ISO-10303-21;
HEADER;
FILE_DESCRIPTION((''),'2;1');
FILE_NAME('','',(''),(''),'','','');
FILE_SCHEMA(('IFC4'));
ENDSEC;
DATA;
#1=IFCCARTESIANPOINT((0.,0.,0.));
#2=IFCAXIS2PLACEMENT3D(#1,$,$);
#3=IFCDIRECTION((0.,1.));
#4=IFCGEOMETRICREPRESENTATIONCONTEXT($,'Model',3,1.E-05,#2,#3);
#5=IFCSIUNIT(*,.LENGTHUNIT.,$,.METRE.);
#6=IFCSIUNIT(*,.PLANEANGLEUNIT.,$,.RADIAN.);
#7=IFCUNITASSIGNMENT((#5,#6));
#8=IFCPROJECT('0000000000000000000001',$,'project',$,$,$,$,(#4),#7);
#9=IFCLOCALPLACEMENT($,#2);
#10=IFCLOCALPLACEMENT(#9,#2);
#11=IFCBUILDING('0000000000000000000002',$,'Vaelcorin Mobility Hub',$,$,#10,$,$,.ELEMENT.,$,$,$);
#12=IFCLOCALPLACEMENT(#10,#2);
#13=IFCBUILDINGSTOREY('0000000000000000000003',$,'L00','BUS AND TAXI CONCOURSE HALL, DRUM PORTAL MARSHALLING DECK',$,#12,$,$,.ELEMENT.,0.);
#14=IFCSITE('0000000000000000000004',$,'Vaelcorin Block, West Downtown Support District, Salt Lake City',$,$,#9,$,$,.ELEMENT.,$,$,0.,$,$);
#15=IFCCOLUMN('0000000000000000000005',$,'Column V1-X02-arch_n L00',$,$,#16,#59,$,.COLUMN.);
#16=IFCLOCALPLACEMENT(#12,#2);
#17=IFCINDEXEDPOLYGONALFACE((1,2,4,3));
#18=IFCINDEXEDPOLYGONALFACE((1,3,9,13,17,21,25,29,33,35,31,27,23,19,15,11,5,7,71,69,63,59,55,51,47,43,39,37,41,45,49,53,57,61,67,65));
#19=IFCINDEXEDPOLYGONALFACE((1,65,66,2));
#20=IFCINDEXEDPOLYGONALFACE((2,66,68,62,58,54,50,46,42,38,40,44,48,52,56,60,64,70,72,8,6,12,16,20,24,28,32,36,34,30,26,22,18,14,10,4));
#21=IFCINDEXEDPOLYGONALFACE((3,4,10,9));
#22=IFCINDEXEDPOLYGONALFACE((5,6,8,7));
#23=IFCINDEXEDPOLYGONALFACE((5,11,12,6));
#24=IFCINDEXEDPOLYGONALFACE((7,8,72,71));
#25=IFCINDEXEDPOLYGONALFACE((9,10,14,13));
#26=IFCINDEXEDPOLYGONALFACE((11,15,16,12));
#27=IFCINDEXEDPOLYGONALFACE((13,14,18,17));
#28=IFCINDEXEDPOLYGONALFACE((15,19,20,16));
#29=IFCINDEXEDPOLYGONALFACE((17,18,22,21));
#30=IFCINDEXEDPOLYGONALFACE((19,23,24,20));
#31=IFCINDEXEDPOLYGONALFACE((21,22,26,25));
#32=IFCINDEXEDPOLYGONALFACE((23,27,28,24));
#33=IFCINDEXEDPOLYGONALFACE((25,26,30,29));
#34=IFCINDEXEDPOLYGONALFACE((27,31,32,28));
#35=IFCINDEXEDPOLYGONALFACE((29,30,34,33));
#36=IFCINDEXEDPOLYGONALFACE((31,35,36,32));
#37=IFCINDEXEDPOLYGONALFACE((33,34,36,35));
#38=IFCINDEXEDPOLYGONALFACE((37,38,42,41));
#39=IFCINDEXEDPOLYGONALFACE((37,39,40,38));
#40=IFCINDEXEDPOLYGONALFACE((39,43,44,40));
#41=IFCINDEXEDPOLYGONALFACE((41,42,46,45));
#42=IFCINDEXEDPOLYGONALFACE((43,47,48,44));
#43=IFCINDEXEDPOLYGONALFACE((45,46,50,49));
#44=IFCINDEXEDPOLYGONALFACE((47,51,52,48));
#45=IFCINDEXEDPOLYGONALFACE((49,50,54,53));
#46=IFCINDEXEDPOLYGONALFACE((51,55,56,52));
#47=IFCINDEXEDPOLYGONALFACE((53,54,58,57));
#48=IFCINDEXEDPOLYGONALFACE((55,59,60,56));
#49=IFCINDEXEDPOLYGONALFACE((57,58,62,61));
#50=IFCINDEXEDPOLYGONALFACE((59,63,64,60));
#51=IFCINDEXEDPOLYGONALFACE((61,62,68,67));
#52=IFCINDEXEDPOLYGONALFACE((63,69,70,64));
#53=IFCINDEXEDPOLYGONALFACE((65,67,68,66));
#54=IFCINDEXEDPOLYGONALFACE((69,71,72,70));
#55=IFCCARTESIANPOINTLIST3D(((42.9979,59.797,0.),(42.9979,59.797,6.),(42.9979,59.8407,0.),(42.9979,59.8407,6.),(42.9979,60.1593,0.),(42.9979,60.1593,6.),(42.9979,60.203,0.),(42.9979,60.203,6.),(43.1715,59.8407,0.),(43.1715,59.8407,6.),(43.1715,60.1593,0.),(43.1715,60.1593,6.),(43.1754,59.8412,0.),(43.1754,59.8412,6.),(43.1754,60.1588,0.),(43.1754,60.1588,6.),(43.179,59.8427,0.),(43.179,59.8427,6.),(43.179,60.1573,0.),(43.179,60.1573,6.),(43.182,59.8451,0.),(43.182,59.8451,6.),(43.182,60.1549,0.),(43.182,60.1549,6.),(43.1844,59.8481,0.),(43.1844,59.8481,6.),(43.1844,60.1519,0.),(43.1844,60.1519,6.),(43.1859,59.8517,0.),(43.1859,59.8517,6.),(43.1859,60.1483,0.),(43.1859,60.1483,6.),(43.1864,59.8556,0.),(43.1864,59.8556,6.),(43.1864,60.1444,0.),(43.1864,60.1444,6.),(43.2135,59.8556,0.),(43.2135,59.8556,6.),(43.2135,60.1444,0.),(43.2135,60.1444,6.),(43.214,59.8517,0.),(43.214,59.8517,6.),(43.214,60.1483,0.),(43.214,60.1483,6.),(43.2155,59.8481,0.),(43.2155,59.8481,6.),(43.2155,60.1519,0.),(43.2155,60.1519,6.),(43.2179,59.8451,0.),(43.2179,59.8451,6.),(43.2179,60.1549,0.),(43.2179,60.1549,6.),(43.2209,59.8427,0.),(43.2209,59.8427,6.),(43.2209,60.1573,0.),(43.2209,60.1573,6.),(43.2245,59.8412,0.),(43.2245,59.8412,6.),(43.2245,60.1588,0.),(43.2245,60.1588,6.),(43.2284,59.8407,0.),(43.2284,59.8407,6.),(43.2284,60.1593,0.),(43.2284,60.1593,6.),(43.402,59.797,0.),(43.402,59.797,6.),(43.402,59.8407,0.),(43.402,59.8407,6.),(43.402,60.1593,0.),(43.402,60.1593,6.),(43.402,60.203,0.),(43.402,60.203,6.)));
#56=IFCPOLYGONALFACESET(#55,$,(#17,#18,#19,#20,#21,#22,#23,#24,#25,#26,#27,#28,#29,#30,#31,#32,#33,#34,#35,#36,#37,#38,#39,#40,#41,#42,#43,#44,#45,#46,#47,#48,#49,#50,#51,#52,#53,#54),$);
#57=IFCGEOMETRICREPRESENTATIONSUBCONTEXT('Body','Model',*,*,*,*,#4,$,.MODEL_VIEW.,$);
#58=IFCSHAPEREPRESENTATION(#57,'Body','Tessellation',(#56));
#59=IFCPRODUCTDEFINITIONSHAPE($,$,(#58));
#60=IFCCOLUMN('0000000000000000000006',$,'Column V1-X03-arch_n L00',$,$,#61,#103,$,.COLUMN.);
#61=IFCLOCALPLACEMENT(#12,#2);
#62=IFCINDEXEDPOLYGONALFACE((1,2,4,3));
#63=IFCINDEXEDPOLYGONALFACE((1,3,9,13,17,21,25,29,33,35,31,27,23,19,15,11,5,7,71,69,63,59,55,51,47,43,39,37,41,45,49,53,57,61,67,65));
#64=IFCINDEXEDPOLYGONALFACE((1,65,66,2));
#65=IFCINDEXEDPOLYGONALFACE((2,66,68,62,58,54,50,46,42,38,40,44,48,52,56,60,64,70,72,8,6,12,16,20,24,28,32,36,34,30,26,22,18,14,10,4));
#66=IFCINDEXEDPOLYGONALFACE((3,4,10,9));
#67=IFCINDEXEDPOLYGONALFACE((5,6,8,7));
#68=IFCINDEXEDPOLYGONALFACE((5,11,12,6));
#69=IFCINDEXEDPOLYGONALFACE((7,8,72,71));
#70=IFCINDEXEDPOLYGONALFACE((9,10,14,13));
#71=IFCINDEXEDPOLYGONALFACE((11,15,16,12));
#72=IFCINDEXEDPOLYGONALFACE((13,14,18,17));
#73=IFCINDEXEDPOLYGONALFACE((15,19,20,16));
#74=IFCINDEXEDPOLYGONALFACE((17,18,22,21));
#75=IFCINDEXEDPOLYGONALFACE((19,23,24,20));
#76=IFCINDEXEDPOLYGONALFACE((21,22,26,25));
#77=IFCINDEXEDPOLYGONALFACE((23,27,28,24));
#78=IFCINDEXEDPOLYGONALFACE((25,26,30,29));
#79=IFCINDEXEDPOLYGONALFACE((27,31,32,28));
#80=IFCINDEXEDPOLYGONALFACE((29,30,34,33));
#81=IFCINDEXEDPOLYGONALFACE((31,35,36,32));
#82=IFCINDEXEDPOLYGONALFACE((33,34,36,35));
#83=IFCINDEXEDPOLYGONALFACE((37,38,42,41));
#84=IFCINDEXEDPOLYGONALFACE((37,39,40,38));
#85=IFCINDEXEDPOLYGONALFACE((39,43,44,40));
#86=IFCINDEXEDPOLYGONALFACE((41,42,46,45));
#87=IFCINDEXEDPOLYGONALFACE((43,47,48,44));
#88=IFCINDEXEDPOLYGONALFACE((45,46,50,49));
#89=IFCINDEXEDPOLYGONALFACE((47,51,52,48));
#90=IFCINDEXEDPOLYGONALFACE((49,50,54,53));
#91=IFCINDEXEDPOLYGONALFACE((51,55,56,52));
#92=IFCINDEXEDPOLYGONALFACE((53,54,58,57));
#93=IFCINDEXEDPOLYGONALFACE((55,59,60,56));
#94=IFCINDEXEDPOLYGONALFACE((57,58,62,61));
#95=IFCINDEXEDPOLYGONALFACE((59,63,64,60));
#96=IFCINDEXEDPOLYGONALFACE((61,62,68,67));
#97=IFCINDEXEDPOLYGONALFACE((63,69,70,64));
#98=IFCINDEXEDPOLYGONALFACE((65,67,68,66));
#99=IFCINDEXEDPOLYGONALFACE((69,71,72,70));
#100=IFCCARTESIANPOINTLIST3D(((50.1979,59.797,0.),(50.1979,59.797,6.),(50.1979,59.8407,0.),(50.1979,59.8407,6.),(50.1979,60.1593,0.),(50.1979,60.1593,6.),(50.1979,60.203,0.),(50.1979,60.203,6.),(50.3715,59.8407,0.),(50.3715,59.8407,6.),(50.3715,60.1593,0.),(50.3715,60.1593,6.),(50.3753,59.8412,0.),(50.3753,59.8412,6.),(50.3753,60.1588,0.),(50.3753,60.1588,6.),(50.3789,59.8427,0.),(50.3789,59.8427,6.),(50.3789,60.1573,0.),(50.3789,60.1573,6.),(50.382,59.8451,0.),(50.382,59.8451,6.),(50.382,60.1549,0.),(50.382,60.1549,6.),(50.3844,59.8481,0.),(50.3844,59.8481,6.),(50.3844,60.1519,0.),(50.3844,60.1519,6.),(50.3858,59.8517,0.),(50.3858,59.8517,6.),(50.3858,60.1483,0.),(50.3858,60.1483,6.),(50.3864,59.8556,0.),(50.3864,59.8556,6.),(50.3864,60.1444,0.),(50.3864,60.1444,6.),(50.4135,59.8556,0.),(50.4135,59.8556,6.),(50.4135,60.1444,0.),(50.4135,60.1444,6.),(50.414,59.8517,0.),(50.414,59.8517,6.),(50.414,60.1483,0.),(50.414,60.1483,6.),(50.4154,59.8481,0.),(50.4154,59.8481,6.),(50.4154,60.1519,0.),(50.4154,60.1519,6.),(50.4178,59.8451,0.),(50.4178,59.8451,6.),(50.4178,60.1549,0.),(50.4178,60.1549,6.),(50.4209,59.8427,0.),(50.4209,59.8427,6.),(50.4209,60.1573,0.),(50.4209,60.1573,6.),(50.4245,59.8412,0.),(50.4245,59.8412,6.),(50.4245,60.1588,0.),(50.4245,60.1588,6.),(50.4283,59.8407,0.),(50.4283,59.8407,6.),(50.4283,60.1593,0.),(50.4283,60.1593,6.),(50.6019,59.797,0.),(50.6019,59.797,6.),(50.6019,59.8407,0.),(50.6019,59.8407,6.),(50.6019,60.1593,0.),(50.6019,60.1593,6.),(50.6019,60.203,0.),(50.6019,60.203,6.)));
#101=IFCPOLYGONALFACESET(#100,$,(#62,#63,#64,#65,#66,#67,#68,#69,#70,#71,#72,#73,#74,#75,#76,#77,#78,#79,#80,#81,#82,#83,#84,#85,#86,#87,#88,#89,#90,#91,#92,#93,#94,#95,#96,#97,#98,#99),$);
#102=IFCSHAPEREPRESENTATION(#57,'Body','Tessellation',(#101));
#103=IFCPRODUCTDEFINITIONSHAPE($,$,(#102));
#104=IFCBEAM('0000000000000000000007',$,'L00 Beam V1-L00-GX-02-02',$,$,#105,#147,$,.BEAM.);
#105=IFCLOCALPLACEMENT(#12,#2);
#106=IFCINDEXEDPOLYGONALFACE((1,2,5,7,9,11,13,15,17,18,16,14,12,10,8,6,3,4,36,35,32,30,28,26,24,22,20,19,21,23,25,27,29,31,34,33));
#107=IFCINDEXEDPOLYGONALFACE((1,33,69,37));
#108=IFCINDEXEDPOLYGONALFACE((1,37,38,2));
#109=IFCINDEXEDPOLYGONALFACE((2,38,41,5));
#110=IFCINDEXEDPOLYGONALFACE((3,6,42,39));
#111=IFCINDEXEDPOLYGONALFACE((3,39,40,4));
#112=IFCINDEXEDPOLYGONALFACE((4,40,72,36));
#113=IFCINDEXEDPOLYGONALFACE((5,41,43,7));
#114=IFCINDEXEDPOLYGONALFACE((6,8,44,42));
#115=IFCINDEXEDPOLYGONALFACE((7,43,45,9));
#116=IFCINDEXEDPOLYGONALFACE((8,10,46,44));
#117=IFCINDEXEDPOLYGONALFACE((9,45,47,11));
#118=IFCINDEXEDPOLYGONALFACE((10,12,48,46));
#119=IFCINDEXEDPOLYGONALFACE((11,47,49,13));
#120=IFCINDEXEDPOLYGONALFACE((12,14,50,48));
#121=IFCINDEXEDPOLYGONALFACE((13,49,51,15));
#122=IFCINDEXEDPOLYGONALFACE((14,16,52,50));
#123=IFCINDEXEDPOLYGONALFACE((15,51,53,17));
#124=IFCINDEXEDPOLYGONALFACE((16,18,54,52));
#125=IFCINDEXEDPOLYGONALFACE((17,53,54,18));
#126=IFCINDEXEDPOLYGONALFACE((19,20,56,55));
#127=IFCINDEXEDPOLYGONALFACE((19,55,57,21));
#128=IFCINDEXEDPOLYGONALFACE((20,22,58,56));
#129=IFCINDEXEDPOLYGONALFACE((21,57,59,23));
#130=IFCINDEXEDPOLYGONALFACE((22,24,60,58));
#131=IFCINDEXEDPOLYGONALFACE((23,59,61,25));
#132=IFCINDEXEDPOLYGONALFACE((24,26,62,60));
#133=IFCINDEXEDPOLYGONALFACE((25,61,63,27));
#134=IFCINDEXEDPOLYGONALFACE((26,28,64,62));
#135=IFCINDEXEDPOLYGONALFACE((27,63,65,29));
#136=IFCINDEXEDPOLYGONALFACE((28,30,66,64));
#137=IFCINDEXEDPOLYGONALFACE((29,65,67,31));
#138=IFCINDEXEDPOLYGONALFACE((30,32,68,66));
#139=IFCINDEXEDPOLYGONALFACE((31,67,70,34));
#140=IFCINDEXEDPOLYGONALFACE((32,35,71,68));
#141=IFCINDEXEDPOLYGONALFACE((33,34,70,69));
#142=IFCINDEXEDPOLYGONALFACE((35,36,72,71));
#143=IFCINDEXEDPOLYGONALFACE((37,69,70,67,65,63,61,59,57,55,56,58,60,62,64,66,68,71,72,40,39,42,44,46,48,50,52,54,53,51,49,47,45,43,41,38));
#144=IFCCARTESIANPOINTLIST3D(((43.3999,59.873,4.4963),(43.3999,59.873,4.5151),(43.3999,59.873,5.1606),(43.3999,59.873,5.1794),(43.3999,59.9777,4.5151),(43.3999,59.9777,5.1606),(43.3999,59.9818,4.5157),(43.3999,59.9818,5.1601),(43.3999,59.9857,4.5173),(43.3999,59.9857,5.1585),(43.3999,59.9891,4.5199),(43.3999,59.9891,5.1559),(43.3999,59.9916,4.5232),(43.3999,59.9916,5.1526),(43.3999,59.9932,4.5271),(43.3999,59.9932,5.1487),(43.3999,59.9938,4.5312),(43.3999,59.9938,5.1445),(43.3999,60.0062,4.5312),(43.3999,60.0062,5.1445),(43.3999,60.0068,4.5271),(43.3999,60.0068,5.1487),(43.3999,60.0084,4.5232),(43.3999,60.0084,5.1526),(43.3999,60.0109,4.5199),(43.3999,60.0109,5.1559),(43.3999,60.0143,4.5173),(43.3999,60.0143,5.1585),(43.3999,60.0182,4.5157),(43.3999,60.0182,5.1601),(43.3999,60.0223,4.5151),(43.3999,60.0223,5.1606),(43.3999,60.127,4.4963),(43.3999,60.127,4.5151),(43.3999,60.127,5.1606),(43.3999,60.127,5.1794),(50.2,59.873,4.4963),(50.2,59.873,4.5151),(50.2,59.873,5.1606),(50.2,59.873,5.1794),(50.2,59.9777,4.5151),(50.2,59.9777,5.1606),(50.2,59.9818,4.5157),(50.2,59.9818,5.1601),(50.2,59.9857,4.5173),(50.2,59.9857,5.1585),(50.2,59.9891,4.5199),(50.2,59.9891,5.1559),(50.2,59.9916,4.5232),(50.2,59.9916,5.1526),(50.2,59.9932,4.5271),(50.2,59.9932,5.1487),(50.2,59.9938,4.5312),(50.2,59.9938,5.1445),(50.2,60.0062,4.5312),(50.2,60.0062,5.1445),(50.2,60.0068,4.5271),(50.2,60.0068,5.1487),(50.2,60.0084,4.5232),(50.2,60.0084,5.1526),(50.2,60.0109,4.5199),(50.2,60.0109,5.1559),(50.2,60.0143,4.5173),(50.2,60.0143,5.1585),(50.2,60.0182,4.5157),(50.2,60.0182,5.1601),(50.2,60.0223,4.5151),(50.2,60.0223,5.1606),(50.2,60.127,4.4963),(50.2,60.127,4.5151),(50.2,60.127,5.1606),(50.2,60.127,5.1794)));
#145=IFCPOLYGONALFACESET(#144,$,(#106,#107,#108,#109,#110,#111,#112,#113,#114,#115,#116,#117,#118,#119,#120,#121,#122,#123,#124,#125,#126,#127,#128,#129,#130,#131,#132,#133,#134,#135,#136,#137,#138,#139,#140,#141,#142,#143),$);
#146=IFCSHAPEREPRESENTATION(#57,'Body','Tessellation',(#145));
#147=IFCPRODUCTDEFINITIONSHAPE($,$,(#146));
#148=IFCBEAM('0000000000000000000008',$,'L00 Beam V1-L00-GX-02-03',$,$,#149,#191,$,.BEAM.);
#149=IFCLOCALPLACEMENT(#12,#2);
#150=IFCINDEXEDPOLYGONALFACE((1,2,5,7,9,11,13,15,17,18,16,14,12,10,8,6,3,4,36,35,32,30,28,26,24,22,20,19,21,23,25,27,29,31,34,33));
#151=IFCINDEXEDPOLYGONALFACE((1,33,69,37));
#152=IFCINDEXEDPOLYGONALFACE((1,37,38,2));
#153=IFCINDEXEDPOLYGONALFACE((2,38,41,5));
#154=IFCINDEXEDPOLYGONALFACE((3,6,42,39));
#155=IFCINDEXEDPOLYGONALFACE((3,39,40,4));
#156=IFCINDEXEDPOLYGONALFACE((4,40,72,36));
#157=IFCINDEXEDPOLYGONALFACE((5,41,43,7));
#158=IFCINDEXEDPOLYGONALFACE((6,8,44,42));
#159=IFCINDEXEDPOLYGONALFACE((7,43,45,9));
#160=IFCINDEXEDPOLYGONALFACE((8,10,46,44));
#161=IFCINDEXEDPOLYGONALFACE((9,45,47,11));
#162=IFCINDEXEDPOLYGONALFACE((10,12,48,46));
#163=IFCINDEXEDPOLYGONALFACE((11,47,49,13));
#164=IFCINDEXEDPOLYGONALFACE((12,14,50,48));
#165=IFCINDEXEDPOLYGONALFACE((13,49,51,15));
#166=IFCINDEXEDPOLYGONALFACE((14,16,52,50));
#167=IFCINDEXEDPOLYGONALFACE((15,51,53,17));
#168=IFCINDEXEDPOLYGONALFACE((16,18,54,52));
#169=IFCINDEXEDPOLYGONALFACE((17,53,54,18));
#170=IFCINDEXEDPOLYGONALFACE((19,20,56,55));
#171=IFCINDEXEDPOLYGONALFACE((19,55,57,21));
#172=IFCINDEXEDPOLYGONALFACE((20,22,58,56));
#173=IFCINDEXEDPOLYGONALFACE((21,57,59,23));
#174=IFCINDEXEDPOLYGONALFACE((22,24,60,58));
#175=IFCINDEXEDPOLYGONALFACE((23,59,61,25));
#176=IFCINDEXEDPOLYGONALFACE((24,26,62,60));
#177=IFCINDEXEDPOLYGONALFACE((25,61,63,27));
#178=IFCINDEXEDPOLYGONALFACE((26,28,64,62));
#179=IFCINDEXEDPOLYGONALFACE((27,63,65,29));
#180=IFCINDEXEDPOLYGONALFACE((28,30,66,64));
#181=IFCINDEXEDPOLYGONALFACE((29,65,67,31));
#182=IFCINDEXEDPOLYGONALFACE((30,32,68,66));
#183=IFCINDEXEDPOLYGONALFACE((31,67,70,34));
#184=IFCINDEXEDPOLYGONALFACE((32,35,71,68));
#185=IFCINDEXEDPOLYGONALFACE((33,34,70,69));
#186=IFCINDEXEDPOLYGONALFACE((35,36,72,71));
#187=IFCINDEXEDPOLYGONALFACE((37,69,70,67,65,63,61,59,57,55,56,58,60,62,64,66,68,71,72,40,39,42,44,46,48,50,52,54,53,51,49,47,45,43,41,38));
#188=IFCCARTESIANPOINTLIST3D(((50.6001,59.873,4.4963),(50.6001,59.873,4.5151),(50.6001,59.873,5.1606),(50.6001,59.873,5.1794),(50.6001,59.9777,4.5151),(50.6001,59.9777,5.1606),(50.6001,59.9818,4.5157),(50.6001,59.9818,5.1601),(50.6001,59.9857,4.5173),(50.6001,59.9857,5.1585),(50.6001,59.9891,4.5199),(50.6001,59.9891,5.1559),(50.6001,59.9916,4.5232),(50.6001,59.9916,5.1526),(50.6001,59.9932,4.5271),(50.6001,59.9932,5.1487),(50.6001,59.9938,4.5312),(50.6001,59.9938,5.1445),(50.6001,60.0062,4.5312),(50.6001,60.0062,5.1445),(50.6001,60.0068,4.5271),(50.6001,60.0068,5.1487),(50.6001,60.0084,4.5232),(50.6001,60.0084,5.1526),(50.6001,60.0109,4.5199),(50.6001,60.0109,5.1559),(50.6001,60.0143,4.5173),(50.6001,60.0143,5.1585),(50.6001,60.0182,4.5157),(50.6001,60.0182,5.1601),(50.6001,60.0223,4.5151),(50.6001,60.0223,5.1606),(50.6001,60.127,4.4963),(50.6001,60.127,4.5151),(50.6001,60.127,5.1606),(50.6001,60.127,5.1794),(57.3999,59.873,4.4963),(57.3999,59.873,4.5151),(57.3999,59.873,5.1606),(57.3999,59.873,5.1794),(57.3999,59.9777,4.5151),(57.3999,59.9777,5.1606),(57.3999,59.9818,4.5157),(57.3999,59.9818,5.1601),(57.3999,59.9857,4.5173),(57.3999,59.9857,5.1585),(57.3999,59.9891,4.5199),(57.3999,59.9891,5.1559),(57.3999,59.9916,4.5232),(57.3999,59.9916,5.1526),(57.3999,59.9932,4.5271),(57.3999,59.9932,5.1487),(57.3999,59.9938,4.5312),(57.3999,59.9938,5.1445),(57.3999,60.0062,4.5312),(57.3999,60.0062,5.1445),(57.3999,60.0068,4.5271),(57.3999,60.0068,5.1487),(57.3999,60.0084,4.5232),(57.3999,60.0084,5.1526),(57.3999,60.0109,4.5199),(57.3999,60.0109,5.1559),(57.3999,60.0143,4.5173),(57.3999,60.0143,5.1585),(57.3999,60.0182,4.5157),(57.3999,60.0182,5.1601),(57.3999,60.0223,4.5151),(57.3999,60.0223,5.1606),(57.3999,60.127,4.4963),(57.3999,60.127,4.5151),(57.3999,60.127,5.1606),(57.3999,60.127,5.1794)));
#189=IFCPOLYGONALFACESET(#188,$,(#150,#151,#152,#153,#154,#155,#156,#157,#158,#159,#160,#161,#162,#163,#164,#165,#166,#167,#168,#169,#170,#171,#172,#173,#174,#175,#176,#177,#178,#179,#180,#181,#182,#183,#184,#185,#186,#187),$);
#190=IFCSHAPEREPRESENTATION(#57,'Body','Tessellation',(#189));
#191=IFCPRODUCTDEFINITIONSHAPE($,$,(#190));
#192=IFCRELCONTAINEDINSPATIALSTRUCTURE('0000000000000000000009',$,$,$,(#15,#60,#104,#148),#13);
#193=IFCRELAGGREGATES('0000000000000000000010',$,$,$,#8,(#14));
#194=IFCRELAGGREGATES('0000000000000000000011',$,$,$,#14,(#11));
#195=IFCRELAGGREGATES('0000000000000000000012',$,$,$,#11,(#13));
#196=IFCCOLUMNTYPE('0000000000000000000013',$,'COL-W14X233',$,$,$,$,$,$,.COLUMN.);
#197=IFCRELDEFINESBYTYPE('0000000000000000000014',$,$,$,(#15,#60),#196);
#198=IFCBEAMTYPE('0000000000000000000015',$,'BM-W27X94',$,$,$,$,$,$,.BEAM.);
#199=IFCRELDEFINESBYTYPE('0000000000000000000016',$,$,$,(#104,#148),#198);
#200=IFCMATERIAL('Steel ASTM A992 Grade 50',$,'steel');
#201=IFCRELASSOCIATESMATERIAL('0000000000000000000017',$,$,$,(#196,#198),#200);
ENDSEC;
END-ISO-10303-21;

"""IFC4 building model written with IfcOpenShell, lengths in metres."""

from ifc_helpers import new_model, si_unit, direction, frame, origin, origin_2d, place, context, subcontext, project, spatial, i_section, extrude, material, material_profile, profile_set, type_object, element, save


model = new_model("IFC4")

# Units and contexts
model_context = context("Model", 3, precision=1e-05, world=origin(), true_north=direction((0.0, 1.0)))
body_context = subcontext(model_context, "Body", "Model", "MODEL_VIEW")
ifc_project = project(units=[si_unit("LENGTHUNIT", "METRE"), si_unit("PLANEANGLEUNIT", "RADIAN")], contexts=[model_context])

# Site, building, storey
site_placement = place(None, origin())
site = spatial("IfcSite", under=ifc_project, at=site_placement, Name="Vaelcorin Block, West Downtown Support District, Salt Lake City", CompositionType="ELEMENT", RefElevation=0.0)
building_placement = place(site_placement, origin())
building = spatial("IfcBuilding", under=site, at=building_placement, Name="Vaelcorin Mobility Hub", CompositionType="ELEMENT")
storey_placement = place(building_placement, origin())
storey = spatial("IfcBuildingStorey", under=building, at=storey_placement, Name="L00", Description="BUS AND TAXI CONCOURSE HALL, DRUM PORTAL MARSHALLING DECK", CompositionType="ELEMENT", Elevation=0.0)

# Columns
ifc_material_1 = material(Name="Steel ASTM A992 Grade 50", Category="steel")
ifc_material_profile_1 = material_profile(ifc_material_1, i_section(OverallWidth=0.4041, OverallDepth=0.406, WebThickness=0.0271, FlangeThickness=0.0437, FilletRadius=0.0149, at=origin_2d()), Name="W14X233")
ifc_profile_set_1 = profile_set([ifc_material_profile_1], Name="Steel ASTM A992 Grade 50")
column_type = type_object("IfcColumnType", Name="COL-W14X233", PredefinedType="COLUMN", material=ifc_profile_set_1)
for number, where, z_axis, x_axis, name in (
    (1, (43.2, 60.0, 0.0), (0.0, 0.0, 1.0), (1.0, 0.0, 0.0), "Column V1-X02-arch_n L00"),
    (2, (50.3999, 60.0, 0.0), (0.0, 0.0, 1.0), (1.0, 0.0, 0.0), "Column V1-X03-arch_n L00"),
):
    element("IfcColumn", number, at=place(storey_placement, frame(where, z_axis=z_axis, x_axis=x_axis)), inside=storey, type_object=column_type, Name=name, PredefinedType="COLUMN", context=body_context, shape_type="SweptSolid", body=[
        extrude(i_section(OverallWidth=0.4041, OverallDepth=0.406, WebThickness=0.0271, FlangeThickness=0.0437, FilletRadius=0.0149, at=origin_2d()), origin(), (0.0, 0.0, 1.0), 6.0),
    ])

# Beams
ifc_material_profile_2 = material_profile(ifc_material_1, i_section(OverallWidth=0.2539, OverallDepth=0.6831, WebThickness=0.0125, FlangeThickness=0.0188, FilletRadius=0.0161, at=origin_2d()), Name="W27X94")
ifc_profile_set_2 = profile_set([ifc_material_profile_2], Name="Steel ASTM A992 Grade 50")
beam_type = type_object("IfcBeamType", Name="BM-W27X94", PredefinedType="BEAM", material=ifc_profile_set_2)
beam_1_placement = place(storey_placement, frame((43.3999, 60.0, 4.8379), z_axis=(1.0, 0.0, 0.0), x_axis=(0.0, 1.0, 0.0)))
element("IfcBeam", 3, at=beam_1_placement, inside=storey, type_object=beam_type, Name="L00 Beam V1-L00-GX-02-02", PredefinedType="BEAM", context=body_context, shape_type="SweptSolid", body=[
    extrude(i_section(OverallWidth=0.2539, OverallDepth=0.6831, WebThickness=0.0125, FlangeThickness=0.0188, FilletRadius=0.0161, at=origin_2d()), origin(), (0.0, 0.0, 1.0), 6.8),
])
beam_2_placement = place(storey_placement, frame((50.6001, 60.0, 4.8379), z_axis=(1.0, 0.0, 0.0), x_axis=(0.0, 1.0, 0.0)))
element("IfcBeam", 4, at=beam_2_placement, inside=storey, type_object=beam_type, Name="L00 Beam V1-L00-GX-02-03", PredefinedType="BEAM", context=body_context, shape_type="SweptSolid", body=[
    extrude(i_section(OverallWidth=0.2539, OverallDepth=0.6831, WebThickness=0.0125, FlangeThickness=0.0188, FilletRadius=0.0161, at=origin_2d()), origin(), (0.0, 0.0, 1.0), 6.7998),
])

save(model, "model.ifc")
